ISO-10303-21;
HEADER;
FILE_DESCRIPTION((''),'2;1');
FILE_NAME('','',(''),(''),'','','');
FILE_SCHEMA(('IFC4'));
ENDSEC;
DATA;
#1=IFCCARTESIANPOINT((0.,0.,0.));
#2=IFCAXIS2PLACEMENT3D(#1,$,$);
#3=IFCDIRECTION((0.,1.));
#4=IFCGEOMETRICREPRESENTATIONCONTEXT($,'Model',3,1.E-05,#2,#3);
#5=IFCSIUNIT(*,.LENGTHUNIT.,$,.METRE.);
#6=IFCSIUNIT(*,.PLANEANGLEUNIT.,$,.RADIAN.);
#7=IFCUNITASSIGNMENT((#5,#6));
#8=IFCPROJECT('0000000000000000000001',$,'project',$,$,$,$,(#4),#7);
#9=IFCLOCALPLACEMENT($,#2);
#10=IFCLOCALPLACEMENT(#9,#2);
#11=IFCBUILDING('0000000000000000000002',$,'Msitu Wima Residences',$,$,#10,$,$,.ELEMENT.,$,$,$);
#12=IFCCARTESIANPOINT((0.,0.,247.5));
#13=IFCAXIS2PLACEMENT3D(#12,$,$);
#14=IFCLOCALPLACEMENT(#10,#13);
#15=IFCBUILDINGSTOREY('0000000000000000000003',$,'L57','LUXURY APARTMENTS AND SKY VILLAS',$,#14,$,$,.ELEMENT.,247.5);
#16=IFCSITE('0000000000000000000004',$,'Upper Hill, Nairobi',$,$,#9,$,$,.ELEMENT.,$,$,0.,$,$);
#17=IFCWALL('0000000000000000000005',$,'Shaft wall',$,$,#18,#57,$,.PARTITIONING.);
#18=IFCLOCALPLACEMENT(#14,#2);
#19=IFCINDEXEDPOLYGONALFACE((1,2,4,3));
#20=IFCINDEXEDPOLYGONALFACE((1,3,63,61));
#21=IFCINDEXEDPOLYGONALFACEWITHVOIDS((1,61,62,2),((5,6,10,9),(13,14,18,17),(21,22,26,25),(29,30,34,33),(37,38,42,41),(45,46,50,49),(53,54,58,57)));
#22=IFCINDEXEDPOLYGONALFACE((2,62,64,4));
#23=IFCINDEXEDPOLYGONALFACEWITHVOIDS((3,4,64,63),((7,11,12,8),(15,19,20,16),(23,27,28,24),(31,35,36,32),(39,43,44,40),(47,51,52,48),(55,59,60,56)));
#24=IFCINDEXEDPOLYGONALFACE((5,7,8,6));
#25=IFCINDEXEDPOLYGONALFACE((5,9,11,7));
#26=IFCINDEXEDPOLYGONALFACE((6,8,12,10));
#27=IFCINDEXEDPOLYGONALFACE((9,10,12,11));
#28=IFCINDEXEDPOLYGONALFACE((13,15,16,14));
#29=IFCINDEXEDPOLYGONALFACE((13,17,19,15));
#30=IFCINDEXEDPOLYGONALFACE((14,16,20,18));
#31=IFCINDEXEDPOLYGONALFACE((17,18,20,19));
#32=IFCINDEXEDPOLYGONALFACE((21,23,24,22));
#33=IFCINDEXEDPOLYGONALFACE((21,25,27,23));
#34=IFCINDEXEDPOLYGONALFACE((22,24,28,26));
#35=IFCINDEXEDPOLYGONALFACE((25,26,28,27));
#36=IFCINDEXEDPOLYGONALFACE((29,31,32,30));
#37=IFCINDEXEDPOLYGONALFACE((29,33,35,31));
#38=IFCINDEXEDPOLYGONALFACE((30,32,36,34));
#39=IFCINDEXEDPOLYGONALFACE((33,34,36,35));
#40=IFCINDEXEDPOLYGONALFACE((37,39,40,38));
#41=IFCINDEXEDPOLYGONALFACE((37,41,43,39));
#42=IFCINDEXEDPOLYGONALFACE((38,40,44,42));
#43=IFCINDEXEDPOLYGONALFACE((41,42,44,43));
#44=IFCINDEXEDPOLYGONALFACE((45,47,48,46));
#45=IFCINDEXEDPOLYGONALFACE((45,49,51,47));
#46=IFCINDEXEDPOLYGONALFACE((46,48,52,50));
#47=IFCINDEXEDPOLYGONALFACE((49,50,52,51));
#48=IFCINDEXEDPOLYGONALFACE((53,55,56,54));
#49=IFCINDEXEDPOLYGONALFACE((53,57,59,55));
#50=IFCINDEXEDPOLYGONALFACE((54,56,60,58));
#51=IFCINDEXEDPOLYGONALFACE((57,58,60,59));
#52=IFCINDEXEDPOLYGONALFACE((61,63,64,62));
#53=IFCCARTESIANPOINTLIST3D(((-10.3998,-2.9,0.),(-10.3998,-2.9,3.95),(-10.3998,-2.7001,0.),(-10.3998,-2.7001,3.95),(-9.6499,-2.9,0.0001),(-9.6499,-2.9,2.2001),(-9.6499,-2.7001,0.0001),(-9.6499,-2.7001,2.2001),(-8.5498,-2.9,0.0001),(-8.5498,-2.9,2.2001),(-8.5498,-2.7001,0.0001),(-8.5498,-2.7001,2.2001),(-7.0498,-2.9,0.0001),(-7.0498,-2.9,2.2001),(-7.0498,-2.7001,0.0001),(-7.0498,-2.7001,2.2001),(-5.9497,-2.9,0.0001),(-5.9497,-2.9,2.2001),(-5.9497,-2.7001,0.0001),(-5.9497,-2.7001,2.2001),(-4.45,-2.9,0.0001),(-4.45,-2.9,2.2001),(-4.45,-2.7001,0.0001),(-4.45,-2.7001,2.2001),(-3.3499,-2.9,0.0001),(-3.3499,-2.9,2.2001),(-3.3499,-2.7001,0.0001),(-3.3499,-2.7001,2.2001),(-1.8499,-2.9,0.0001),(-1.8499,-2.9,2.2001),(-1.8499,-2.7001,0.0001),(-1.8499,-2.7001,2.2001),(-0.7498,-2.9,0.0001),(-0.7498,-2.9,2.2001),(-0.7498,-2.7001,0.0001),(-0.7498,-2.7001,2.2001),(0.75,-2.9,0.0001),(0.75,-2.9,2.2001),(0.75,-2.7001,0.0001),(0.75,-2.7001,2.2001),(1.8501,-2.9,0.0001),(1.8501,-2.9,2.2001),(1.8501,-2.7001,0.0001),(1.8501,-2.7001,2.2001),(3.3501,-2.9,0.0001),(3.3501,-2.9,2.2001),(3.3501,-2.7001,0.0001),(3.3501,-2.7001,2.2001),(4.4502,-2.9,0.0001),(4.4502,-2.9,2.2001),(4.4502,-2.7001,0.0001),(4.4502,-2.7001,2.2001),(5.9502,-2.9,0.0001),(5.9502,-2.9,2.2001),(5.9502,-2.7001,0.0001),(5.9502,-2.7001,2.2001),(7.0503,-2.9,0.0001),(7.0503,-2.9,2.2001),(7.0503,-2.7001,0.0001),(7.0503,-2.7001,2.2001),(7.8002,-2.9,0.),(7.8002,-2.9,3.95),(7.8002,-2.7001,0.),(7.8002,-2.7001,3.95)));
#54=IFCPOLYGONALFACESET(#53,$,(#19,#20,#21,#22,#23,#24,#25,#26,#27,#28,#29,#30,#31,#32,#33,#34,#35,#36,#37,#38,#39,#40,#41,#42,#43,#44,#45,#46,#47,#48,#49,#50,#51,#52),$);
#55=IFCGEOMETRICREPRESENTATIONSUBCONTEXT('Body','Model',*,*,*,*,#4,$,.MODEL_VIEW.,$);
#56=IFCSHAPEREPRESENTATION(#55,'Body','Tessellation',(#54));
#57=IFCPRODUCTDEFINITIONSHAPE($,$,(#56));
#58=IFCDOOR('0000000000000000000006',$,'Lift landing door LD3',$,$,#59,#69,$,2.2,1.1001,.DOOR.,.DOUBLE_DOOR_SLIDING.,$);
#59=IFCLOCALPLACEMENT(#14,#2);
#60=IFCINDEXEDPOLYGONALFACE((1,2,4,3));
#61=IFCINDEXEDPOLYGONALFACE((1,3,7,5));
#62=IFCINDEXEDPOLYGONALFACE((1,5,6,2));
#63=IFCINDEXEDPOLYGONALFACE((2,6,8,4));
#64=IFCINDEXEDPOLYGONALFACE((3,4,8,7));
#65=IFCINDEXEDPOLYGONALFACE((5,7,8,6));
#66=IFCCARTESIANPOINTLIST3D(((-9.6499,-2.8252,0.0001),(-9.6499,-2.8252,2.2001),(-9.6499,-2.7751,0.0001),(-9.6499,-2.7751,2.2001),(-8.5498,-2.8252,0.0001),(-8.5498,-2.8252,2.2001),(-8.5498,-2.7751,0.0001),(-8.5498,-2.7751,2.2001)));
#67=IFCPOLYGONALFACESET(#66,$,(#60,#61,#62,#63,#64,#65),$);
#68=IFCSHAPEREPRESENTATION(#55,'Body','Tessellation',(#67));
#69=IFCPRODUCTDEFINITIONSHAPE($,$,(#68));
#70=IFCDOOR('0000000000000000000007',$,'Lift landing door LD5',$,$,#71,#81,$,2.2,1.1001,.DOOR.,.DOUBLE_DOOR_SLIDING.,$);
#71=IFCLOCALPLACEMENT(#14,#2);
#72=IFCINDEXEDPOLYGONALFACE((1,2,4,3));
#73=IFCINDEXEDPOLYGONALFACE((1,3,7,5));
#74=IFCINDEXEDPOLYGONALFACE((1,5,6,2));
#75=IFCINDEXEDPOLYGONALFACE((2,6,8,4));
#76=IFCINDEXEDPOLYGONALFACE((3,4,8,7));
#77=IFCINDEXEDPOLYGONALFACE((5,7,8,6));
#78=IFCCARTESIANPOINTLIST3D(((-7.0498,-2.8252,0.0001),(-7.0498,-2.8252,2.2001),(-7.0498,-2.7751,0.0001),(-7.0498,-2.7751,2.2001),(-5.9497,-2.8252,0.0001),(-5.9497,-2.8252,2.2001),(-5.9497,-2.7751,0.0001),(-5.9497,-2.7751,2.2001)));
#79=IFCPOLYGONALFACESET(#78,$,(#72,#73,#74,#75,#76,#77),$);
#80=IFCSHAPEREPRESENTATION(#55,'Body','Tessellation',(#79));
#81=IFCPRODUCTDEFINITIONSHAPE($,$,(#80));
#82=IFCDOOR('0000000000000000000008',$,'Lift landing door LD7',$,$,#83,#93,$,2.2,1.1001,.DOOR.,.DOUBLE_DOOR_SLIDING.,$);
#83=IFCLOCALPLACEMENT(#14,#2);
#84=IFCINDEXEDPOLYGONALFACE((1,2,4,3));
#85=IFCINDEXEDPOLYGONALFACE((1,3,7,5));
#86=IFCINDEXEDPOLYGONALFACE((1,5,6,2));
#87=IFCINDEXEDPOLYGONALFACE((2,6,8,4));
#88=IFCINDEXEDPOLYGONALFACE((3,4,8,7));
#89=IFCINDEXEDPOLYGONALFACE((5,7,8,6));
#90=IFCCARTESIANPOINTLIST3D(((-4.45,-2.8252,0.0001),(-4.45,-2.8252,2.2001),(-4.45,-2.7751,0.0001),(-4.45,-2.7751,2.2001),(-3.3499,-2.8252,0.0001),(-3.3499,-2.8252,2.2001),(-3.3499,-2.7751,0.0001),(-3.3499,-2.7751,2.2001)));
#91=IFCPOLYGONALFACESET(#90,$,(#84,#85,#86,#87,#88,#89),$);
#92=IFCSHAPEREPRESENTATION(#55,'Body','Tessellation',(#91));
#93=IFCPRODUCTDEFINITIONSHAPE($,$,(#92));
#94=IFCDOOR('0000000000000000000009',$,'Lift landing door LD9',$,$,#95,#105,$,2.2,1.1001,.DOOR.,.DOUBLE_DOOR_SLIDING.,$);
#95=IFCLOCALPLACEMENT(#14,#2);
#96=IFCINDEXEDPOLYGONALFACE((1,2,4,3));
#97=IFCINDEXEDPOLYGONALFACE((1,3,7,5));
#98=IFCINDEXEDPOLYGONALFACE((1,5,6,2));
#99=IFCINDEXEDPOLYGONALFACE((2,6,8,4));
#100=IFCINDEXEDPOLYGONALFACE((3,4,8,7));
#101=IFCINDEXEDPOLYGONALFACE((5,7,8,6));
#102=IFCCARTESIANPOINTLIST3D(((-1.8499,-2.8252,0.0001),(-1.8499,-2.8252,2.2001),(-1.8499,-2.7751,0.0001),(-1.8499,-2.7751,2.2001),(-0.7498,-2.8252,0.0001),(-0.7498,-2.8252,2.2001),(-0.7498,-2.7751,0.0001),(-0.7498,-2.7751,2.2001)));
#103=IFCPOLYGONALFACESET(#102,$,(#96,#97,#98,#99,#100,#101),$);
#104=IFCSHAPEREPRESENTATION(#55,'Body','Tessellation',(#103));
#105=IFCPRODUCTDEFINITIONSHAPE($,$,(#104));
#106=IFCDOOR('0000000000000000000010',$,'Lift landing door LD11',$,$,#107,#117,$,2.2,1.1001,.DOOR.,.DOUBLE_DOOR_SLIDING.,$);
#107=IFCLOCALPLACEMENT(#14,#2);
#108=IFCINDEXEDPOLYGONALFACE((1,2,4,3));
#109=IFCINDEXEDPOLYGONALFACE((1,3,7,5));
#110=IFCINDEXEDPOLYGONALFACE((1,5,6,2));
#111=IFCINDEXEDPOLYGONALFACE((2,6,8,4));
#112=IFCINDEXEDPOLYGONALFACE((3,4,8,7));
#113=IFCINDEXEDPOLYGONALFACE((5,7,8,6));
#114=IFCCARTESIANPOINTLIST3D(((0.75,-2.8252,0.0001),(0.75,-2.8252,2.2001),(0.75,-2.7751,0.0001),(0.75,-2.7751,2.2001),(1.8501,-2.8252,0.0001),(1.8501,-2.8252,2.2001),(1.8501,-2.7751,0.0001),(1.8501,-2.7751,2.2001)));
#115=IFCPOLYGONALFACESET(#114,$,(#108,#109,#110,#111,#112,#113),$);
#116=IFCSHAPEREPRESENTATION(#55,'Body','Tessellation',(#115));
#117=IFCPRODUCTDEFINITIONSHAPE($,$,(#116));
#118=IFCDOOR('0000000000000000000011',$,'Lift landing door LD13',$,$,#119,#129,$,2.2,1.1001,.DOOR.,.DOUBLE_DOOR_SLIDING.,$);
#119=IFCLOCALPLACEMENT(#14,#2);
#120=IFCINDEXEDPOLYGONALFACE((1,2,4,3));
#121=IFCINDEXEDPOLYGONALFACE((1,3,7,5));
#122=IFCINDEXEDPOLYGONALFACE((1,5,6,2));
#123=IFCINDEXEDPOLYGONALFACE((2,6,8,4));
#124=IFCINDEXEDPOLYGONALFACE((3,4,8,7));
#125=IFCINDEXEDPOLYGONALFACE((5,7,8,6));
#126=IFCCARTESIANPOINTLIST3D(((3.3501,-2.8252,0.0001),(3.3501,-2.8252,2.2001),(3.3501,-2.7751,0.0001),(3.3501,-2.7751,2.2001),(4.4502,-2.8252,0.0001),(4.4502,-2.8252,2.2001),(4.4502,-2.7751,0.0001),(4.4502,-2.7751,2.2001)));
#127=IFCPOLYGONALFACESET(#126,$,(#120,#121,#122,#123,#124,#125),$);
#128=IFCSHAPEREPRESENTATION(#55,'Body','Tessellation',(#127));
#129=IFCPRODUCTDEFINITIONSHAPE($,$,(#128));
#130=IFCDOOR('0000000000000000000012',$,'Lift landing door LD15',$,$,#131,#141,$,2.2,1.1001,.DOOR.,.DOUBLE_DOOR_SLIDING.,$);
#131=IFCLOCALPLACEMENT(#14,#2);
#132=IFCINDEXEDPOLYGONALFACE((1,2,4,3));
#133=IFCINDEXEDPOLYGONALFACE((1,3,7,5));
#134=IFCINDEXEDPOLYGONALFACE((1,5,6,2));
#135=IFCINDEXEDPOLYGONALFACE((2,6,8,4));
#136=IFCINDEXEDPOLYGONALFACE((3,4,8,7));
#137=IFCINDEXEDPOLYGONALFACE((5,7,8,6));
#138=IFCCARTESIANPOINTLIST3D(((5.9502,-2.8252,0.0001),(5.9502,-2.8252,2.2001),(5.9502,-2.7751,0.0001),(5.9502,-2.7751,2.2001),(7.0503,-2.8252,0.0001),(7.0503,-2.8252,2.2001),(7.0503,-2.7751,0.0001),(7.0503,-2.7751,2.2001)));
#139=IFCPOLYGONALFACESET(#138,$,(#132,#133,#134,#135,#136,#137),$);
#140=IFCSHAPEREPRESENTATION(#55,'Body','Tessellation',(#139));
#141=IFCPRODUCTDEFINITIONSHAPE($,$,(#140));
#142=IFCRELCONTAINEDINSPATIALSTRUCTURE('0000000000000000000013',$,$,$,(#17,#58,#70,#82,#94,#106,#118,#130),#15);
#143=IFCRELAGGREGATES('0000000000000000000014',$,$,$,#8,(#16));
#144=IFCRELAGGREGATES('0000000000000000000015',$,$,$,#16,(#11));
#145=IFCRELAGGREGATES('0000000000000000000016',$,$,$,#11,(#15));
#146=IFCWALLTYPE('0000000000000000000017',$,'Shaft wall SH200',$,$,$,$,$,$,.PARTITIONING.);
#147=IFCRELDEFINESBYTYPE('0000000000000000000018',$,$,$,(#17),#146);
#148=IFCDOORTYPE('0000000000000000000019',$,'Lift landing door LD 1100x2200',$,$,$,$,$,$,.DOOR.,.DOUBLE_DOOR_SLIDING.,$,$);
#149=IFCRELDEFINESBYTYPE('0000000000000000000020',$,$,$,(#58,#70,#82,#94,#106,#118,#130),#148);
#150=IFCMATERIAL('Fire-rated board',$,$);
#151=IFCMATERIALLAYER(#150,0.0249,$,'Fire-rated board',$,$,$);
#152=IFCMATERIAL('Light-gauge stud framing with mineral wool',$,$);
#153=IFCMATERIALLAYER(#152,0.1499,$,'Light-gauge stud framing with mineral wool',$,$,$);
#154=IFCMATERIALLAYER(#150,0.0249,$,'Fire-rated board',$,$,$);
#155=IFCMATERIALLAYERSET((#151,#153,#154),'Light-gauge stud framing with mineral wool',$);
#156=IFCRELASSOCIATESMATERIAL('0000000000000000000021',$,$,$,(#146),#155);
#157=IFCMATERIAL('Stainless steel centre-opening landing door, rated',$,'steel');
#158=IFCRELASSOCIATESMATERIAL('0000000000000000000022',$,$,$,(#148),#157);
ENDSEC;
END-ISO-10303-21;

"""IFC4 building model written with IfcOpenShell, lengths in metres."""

from ifc_helpers import new_model, si_unit, direction, frame, frame_2d, origin, place, context, subcontext, project, spatial, rectangle, extrude, material, layer, layer_set, type_object, element, fill, save


model = new_model("IFC4")

# Units and contexts
model_context = context("Model", 3, precision=1e-05, world=origin(), true_north=direction((0.0, 1.0)))
body_context = subcontext(model_context, "Body", "Model", "MODEL_VIEW")
ifc_project = project(units=[si_unit("LENGTHUNIT", "METRE"), si_unit("PLANEANGLEUNIT", "RADIAN")], contexts=[model_context])

# Site, building, storey
site_placement = place(None, origin())
site = spatial("IfcSite", under=ifc_project, at=site_placement, Name="Upper Hill, Nairobi", CompositionType="ELEMENT", RefElevation=0.0)
building_placement = place(site_placement, origin())
building = spatial("IfcBuilding", under=site, at=building_placement, Name="Msitu Wima Residences", CompositionType="ELEMENT")
storey_placement = place(building_placement, frame((0.0, 0.0, 247.5)))
storey = spatial("IfcBuildingStorey", under=building, at=storey_placement, Name="L57", Description="LUXURY APARTMENTS AND SKY VILLAS", CompositionType="ELEMENT", Elevation=247.5)

# Shared definitions
ifc_material_1 = material(Name="Fire-rated board")
ifc_layer_1 = layer(ifc_material_1, 0.0249, Name="Fire-rated board")
ifc_material_2 = material(Name="Light-gauge stud framing with mineral wool")
ifc_layer_2 = layer(ifc_material_2, 0.1499, Name="Light-gauge stud framing with mineral wool")
ifc_layer_3 = layer(ifc_material_1, 0.0249, Name="Fire-rated board")
ifc_layer_set_1 = layer_set([ifc_layer_1, ifc_layer_2, ifc_layer_3], Name="Light-gauge stud framing with mineral wool")
wall_type_1 = type_object("IfcWallType", Name="Shaft wall SH200", PredefinedType="PARTITIONING", material=ifc_layer_set_1)

# Wall, openings, doors
wall_1_placement = place(storey_placement, frame((-10.3999, -2.8, 0.0), z_axis=(0.0, 0.0, 1.0), x_axis=(1.0, 0.0, 0.0)))
wall_1 = element("IfcWall", 1, at=wall_1_placement, inside=storey, type_object=wall_type_1, Name="Shaft wall", PredefinedType="PARTITIONING", context=body_context, shape_type="SweptSolid", body=[
    extrude(rectangle(XDim=18.2, YDim=0.2, at=frame_2d((9.1001, 0.0))), origin(), (0.0, 0.0, 1.0), 3.95),
])
opening_1_placement = place(wall_1_placement, frame((0.75, 0.0, 0.0)))
opening_1 = element("IfcOpeningElement", 2, at=opening_1_placement, cuts=wall_1, PredefinedType="OPENING", context=body_context, shape_type="SweptSolid", body=[
    extrude(rectangle(XDim=1.1001, YDim=2.2, at=frame_2d((0.55, 1.1001))), frame((0.0, 0.1099, 0.0), z_axis=(0.0, -1.0, 0.0), x_axis=(1.0, 0.0, 0.0)), (0.0, 0.0, 1.0), 0.22),
])
opening_2_placement = place(wall_1_placement, frame((3.3501, 0.0, 0.0)))
opening_2 = element("IfcOpeningElement", 3, at=opening_2_placement, cuts=wall_1, PredefinedType="OPENING", context=body_context, shape_type="SweptSolid", body=[
    extrude(rectangle(XDim=1.1001, YDim=2.2, at=frame_2d((0.55, 1.1001))), frame((0.0, 0.1099, 0.0), z_axis=(0.0, -1.0, 0.0), x_axis=(1.0, 0.0, 0.0)), (0.0, 0.0, 1.0), 0.22),
])
opening_3_placement = place(wall_1_placement, frame((5.95, 0.0, 0.0)))
opening_3 = element("IfcOpeningElement", 4, at=opening_3_placement, cuts=wall_1, PredefinedType="OPENING", context=body_context, shape_type="SweptSolid", body=[
    extrude(rectangle(XDim=1.1001, YDim=2.2, at=frame_2d((0.55, 1.1001))), frame((0.0, 0.1099, 0.0), z_axis=(0.0, -1.0, 0.0), x_axis=(1.0, 0.0, 0.0)), (0.0, 0.0, 1.0), 0.22),
])
opening_4_placement = place(wall_1_placement, frame((8.55, 0.0, 0.0)))
opening_4 = element("IfcOpeningElement", 5, at=opening_4_placement, cuts=wall_1, PredefinedType="OPENING", context=body_context, shape_type="SweptSolid", body=[
    extrude(rectangle(XDim=1.1001, YDim=2.2, at=frame_2d((0.55, 1.1001))), frame((0.0, 0.1099, 0.0), z_axis=(0.0, -1.0, 0.0), x_axis=(1.0, 0.0, 0.0)), (0.0, 0.0, 1.0), 0.22),
])
opening_5_placement = place(wall_1_placement, frame((11.1499, 0.0, 0.0)))
opening_5 = element("IfcOpeningElement", 6, at=opening_5_placement, cuts=wall_1, PredefinedType="OPENING", context=body_context, shape_type="SweptSolid", body=[
    extrude(rectangle(XDim=1.1001, YDim=2.2, at=frame_2d((0.55, 1.1001))), frame((0.0, 0.1099, 0.0), z_axis=(0.0, -1.0, 0.0), x_axis=(1.0, 0.0, 0.0)), (0.0, 0.0, 1.0), 0.22),
])
opening_6_placement = place(wall_1_placement, frame((13.75, 0.0, 0.0)))
opening_6 = element("IfcOpeningElement", 7, at=opening_6_placement, cuts=wall_1, PredefinedType="OPENING", context=body_context, shape_type="SweptSolid", body=[
    extrude(rectangle(XDim=1.1001, YDim=2.2, at=frame_2d((0.55, 1.1001))), frame((0.0, 0.1099, 0.0), z_axis=(0.0, -1.0, 0.0), x_axis=(1.0, 0.0, 0.0)), (0.0, 0.0, 1.0), 0.22),
])
opening_7_placement = place(wall_1_placement, frame((16.3501, 0.0, 0.0)))
opening_7 = element("IfcOpeningElement", 8, at=opening_7_placement, cuts=wall_1, PredefinedType="OPENING", context=body_context, shape_type="SweptSolid", body=[
    extrude(rectangle(XDim=1.1001, YDim=2.2, at=frame_2d((0.55, 1.1001))), frame((0.0, 0.1099, 0.0), z_axis=(0.0, -1.0, 0.0), x_axis=(1.0, 0.0, 0.0)), (0.0, 0.0, 1.0), 0.22),
])
ifc_material_3 = material(Name="Stainless steel centre-opening landing door, rated", Category="steel")
door_type_1 = type_object("IfcDoorType", Name="Lift landing door LD 1100x2200", OperationType="DOUBLE_DOOR_SLIDING", PredefinedType="DOOR", material=ifc_material_3)
door_1_placement = place(opening_1_placement, origin())
door_1 = element("IfcDoor", 9, at=door_1_placement, inside=storey, type_object=door_type_1, Name="Lift landing door LD3", OperationType="DOUBLE_DOOR_SLIDING", OverallHeight=2.2, OverallWidth=1.1001, PredefinedType="DOOR", context=body_context, shape_type="SweptSolid", body=[
    extrude(rectangle(XDim=1.1001, YDim=2.2, at=frame_2d((0.55, 1.1001))), frame((0.0, 0.0249, 0.0), z_axis=(0.0, -1.0, 0.0), x_axis=(1.0, 0.0, 0.0)), (0.0, 0.0, 1.0), 0.05),
])
fill(opening_1, door_1)
door_2_placement = place(opening_2_placement, origin())
door_2 = element("IfcDoor", 10, at=door_2_placement, inside=storey, type_object=door_type_1, Name="Lift landing door LD5", OperationType="DOUBLE_DOOR_SLIDING", OverallHeight=2.2, OverallWidth=1.1001, PredefinedType="DOOR", context=body_context, shape_type="SweptSolid", body=[
    extrude(rectangle(XDim=1.1001, YDim=2.2, at=frame_2d((0.55, 1.1001))), frame((0.0, 0.0249, 0.0), z_axis=(0.0, -1.0, 0.0), x_axis=(1.0, 0.0, 0.0)), (0.0, 0.0, 1.0), 0.05),
])
fill(opening_2, door_2)
door_3_placement = place(opening_3_placement, origin())
door_3 = element("IfcDoor", 11, at=door_3_placement, inside=storey, type_object=door_type_1, Name="Lift landing door LD7", OperationType="DOUBLE_DOOR_SLIDING", OverallHeight=2.2, OverallWidth=1.1001, PredefinedType="DOOR", context=body_context, shape_type="SweptSolid", body=[
    extrude(rectangle(XDim=1.1001, YDim=2.2, at=frame_2d((0.55, 1.1001))), frame((0.0, 0.0249, 0.0), z_axis=(0.0, -1.0, 0.0), x_axis=(1.0, 0.0, 0.0)), (0.0, 0.0, 1.0), 0.05),
])
fill(opening_3, door_3)
door_4_placement = place(opening_4_placement, origin())
door_4 = element("IfcDoor", 12, at=door_4_placement, inside=storey, type_object=door_type_1, Name="Lift landing door LD9", OperationType="DOUBLE_DOOR_SLIDING", OverallHeight=2.2, OverallWidth=1.1001, PredefinedType="DOOR", context=body_context, shape_type="SweptSolid", body=[
    extrude(rectangle(XDim=1.1001, YDim=2.2, at=frame_2d((0.55, 1.1001))), frame((0.0, 0.0249, 0.0), z_axis=(0.0, -1.0, 0.0), x_axis=(1.0, 0.0, 0.0)), (0.0, 0.0, 1.0), 0.05),
])
fill(opening_4, door_4)
door_5_placement = place(opening_5_placement, origin())
door_5 = element("IfcDoor", 13, at=door_5_placement, inside=storey, type_object=door_type_1, Name="Lift landing door LD11", OperationType="DOUBLE_DOOR_SLIDING", OverallHeight=2.2, OverallWidth=1.1001, PredefinedType="DOOR", context=body_context, shape_type="SweptSolid", body=[
    extrude(rectangle(XDim=1.1001, YDim=2.2, at=frame_2d((0.55, 1.1001))), frame((0.0, 0.0249, 0.0), z_axis=(0.0, -1.0, 0.0), x_axis=(1.0, 0.0, 0.0)), (0.0, 0.0, 1.0), 0.05),
])
fill(opening_5, door_5)
door_6_placement = place(opening_6_placement, origin())
door_6 = element("IfcDoor", 14, at=door_6_placement, inside=storey, type_object=door_type_1, Name="Lift landing door LD13", OperationType="DOUBLE_DOOR_SLIDING", OverallHeight=2.2, OverallWidth=1.1001, PredefinedType="DOOR", context=body_context, shape_type="SweptSolid", body=[
    extrude(rectangle(XDim=1.1001, YDim=2.2, at=frame_2d((0.55, 1.1001))), frame((0.0, 0.0249, 0.0), z_axis=(0.0, -1.0, 0.0), x_axis=(1.0, 0.0, 0.0)), (0.0, 0.0, 1.0), 0.05),
])
fill(opening_6, door_6)
door_7_placement = place(opening_7_placement, origin())
door_7 = element("IfcDoor", 15, at=door_7_placement, inside=storey, type_object=door_type_1, Name="Lift landing door LD15", OperationType="DOUBLE_DOOR_SLIDING", OverallHeight=2.2, OverallWidth=1.1001, PredefinedType="DOOR", context=body_context, shape_type="SweptSolid", body=[
    extrude(rectangle(XDim=1.1001, YDim=2.2, at=frame_2d((0.55, 1.1001))), frame((0.0, 0.0249, 0.0), z_axis=(0.0, -1.0, 0.0), x_axis=(1.0, 0.0, 0.0)), (0.0, 0.0, 1.0), 0.05),
])
fill(opening_7, door_7)

save(model, "model.ifc")
